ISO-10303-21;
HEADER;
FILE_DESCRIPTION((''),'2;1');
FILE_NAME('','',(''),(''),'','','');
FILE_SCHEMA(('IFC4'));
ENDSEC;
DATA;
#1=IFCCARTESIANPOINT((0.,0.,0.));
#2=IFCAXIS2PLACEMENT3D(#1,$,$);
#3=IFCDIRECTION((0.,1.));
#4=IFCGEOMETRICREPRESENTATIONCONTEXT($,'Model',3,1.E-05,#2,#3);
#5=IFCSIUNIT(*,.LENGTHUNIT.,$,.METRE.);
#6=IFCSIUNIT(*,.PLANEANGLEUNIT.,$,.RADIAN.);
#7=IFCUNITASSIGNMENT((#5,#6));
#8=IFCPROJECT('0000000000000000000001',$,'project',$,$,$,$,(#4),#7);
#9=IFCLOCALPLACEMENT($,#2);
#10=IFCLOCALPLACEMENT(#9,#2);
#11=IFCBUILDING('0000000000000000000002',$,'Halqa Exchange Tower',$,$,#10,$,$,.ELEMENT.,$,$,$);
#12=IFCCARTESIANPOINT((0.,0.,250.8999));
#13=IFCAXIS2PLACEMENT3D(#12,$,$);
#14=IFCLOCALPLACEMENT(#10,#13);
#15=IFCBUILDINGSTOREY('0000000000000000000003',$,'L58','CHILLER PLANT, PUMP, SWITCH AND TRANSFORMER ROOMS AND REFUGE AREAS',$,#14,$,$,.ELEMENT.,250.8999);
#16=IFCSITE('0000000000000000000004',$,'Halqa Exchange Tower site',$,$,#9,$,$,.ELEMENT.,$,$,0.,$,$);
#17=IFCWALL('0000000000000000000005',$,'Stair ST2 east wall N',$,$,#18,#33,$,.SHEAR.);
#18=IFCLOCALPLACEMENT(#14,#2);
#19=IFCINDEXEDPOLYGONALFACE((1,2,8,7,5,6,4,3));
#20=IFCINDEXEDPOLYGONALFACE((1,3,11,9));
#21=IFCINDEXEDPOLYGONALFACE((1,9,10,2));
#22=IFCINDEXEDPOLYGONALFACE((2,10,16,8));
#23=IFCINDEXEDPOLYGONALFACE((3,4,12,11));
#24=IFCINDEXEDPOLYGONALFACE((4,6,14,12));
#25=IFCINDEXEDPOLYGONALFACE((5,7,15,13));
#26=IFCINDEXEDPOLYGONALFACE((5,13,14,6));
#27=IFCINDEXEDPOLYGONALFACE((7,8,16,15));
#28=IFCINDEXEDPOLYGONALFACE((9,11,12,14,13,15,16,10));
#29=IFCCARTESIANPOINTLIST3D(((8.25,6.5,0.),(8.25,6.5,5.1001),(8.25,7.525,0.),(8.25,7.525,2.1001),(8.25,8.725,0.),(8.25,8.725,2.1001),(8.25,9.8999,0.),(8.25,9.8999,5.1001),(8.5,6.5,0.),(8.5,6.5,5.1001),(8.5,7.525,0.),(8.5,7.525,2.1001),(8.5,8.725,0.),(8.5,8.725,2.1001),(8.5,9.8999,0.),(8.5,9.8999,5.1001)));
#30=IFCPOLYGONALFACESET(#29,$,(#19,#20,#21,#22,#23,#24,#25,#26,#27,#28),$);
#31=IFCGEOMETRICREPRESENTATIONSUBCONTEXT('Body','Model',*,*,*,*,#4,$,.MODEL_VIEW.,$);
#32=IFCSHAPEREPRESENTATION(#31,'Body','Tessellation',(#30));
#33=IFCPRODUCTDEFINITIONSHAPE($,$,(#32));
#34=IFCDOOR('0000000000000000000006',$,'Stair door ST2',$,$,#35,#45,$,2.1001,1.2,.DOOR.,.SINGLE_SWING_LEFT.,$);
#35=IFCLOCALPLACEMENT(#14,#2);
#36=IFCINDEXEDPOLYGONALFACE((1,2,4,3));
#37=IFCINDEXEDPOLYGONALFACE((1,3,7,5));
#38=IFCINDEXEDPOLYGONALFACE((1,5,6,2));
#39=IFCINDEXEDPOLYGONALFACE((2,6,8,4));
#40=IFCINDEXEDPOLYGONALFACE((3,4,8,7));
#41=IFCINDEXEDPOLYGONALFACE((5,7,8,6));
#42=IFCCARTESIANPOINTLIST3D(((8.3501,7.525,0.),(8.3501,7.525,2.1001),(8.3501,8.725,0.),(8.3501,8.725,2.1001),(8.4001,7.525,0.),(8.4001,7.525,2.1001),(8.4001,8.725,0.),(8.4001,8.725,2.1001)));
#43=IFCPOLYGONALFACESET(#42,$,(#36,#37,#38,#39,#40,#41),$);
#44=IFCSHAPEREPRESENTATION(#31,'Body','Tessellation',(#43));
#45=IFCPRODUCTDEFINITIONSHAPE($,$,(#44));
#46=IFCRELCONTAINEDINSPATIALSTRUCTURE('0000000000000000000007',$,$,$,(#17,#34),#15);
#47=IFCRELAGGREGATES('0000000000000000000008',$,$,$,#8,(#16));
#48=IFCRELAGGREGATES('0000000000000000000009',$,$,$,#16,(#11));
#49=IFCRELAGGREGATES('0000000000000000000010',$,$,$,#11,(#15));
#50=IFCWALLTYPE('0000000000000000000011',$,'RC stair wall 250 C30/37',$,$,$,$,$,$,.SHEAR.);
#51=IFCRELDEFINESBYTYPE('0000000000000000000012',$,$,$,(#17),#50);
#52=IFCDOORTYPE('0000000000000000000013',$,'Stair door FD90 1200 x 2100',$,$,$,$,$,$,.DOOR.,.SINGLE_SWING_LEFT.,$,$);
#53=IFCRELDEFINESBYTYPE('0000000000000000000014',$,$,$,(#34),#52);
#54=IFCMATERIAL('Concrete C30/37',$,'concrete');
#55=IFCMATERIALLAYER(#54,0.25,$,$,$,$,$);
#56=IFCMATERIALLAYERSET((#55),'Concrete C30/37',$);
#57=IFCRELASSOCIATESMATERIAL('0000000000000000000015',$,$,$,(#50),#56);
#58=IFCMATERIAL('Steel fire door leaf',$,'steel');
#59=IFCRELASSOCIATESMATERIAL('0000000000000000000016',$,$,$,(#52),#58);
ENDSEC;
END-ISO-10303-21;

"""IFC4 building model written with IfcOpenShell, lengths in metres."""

from ifc_helpers import new_model, si_unit, direction, frame, frame_2d, origin, place, context, subcontext, project, spatial, rectangle, extrude, material, layer, layer_set, type_object, element, fill, save


model = new_model("IFC4")

# Units and contexts
model_context = context("Model", 3, precision=1e-05, world=origin(), true_north=direction((0.0, 1.0)))
body_context = subcontext(model_context, "Body", "Model", "MODEL_VIEW")
ifc_project = project(units=[si_unit("LENGTHUNIT", "METRE"), si_unit("PLANEANGLEUNIT", "RADIAN")], contexts=[model_context])

# Site, building, storey
site_placement = place(None, origin())
site = spatial("IfcSite", under=ifc_project, at=site_placement, Name="Halqa Exchange Tower site", CompositionType="ELEMENT", RefElevation=0.0)
building_placement = place(site_placement, origin())
building = spatial("IfcBuilding", under=site, at=building_placement, Name="Halqa Exchange Tower", CompositionType="ELEMENT")
storey_placement = place(building_placement, frame((0.0, 0.0, 250.8999)))
storey = spatial("IfcBuildingStorey", under=building, at=storey_placement, Name="L58", Description="CHILLER PLANT, PUMP, SWITCH AND TRANSFORMER ROOMS AND REFUGE AREAS", CompositionType="ELEMENT", Elevation=250.8999)

# Shared definitions
ifc_material_1 = material(Name="Steel fire door leaf", Category="steel")

# Wall, opening, door
ifc_material_2 = material(Name="Concrete C30/37", Category="concrete")
ifc_layer_1 = layer(ifc_material_2, 0.25)
ifc_layer_set_1 = layer_set([ifc_layer_1], Name="Concrete C30/37")
wall_type_1 = type_object("IfcWallType", Name="RC stair wall 250 C30/37", PredefinedType="SHEAR", material=ifc_layer_set_1)
wall_1_placement = place(storey_placement, frame((8.375, 6.5, 0.0), z_axis=(0.0, 0.0, 1.0), x_axis=(0.0, 1.0, 0.0)))
wall_1 = element("IfcWall", 1, at=wall_1_placement, inside=storey, type_object=wall_type_1, Name="Stair ST2 east wall N", PredefinedType="SHEAR", context=body_context, shape_type="SweptSolid", body=[
    extrude(rectangle(XDim=3.3999, YDim=0.25, at=frame_2d((1.7, 0.0))), origin(), (0.0, 0.0, 1.0), 5.1001),
])
opening_1_placement = place(wall_1_placement, frame((1.0249, 0.0, 0.0)))
opening_1 = element("IfcOpeningElement", 2, at=opening_1_placement, cuts=wall_1, PredefinedType="OPENING", context=body_context, shape_type="SweptSolid", body=[
    extrude(rectangle(XDim=1.2, YDim=2.1001, at=frame_2d((0.6001, 1.05))), frame((0.0, 0.137, 0.0), z_axis=(0.0, -1.0, 0.0), x_axis=(1.0, 0.0, 0.0)), (0.0, 0.0, 1.0), 0.2739),
])
door_type_1 = type_object("IfcDoorType", Name="Stair door FD90 1200 x 2100", OperationType="SINGLE_SWING_LEFT", PredefinedType="DOOR", material=ifc_material_1)
door_1_placement = place(opening_1_placement, origin())
door_1 = element("IfcDoor", 3, at=door_1_placement, inside=storey, type_object=door_type_1, Name="Stair door ST2", OperationType="SINGLE_SWING_LEFT", OverallHeight=2.1001, OverallWidth=1.2, PredefinedType="DOOR", context=body_context, shape_type="SweptSolid", body=[
    extrude(rectangle(XDim=1.2, YDim=2.1001, at=frame_2d((0.6001, 1.05))), frame((0.0, 0.0249, 0.0), z_axis=(0.0, -1.0, 0.0), x_axis=(1.0, 0.0, 0.0)), (0.0, 0.0, 1.0), 0.05),
])
fill(opening_1, door_1)

save(model, "model.ifc")
